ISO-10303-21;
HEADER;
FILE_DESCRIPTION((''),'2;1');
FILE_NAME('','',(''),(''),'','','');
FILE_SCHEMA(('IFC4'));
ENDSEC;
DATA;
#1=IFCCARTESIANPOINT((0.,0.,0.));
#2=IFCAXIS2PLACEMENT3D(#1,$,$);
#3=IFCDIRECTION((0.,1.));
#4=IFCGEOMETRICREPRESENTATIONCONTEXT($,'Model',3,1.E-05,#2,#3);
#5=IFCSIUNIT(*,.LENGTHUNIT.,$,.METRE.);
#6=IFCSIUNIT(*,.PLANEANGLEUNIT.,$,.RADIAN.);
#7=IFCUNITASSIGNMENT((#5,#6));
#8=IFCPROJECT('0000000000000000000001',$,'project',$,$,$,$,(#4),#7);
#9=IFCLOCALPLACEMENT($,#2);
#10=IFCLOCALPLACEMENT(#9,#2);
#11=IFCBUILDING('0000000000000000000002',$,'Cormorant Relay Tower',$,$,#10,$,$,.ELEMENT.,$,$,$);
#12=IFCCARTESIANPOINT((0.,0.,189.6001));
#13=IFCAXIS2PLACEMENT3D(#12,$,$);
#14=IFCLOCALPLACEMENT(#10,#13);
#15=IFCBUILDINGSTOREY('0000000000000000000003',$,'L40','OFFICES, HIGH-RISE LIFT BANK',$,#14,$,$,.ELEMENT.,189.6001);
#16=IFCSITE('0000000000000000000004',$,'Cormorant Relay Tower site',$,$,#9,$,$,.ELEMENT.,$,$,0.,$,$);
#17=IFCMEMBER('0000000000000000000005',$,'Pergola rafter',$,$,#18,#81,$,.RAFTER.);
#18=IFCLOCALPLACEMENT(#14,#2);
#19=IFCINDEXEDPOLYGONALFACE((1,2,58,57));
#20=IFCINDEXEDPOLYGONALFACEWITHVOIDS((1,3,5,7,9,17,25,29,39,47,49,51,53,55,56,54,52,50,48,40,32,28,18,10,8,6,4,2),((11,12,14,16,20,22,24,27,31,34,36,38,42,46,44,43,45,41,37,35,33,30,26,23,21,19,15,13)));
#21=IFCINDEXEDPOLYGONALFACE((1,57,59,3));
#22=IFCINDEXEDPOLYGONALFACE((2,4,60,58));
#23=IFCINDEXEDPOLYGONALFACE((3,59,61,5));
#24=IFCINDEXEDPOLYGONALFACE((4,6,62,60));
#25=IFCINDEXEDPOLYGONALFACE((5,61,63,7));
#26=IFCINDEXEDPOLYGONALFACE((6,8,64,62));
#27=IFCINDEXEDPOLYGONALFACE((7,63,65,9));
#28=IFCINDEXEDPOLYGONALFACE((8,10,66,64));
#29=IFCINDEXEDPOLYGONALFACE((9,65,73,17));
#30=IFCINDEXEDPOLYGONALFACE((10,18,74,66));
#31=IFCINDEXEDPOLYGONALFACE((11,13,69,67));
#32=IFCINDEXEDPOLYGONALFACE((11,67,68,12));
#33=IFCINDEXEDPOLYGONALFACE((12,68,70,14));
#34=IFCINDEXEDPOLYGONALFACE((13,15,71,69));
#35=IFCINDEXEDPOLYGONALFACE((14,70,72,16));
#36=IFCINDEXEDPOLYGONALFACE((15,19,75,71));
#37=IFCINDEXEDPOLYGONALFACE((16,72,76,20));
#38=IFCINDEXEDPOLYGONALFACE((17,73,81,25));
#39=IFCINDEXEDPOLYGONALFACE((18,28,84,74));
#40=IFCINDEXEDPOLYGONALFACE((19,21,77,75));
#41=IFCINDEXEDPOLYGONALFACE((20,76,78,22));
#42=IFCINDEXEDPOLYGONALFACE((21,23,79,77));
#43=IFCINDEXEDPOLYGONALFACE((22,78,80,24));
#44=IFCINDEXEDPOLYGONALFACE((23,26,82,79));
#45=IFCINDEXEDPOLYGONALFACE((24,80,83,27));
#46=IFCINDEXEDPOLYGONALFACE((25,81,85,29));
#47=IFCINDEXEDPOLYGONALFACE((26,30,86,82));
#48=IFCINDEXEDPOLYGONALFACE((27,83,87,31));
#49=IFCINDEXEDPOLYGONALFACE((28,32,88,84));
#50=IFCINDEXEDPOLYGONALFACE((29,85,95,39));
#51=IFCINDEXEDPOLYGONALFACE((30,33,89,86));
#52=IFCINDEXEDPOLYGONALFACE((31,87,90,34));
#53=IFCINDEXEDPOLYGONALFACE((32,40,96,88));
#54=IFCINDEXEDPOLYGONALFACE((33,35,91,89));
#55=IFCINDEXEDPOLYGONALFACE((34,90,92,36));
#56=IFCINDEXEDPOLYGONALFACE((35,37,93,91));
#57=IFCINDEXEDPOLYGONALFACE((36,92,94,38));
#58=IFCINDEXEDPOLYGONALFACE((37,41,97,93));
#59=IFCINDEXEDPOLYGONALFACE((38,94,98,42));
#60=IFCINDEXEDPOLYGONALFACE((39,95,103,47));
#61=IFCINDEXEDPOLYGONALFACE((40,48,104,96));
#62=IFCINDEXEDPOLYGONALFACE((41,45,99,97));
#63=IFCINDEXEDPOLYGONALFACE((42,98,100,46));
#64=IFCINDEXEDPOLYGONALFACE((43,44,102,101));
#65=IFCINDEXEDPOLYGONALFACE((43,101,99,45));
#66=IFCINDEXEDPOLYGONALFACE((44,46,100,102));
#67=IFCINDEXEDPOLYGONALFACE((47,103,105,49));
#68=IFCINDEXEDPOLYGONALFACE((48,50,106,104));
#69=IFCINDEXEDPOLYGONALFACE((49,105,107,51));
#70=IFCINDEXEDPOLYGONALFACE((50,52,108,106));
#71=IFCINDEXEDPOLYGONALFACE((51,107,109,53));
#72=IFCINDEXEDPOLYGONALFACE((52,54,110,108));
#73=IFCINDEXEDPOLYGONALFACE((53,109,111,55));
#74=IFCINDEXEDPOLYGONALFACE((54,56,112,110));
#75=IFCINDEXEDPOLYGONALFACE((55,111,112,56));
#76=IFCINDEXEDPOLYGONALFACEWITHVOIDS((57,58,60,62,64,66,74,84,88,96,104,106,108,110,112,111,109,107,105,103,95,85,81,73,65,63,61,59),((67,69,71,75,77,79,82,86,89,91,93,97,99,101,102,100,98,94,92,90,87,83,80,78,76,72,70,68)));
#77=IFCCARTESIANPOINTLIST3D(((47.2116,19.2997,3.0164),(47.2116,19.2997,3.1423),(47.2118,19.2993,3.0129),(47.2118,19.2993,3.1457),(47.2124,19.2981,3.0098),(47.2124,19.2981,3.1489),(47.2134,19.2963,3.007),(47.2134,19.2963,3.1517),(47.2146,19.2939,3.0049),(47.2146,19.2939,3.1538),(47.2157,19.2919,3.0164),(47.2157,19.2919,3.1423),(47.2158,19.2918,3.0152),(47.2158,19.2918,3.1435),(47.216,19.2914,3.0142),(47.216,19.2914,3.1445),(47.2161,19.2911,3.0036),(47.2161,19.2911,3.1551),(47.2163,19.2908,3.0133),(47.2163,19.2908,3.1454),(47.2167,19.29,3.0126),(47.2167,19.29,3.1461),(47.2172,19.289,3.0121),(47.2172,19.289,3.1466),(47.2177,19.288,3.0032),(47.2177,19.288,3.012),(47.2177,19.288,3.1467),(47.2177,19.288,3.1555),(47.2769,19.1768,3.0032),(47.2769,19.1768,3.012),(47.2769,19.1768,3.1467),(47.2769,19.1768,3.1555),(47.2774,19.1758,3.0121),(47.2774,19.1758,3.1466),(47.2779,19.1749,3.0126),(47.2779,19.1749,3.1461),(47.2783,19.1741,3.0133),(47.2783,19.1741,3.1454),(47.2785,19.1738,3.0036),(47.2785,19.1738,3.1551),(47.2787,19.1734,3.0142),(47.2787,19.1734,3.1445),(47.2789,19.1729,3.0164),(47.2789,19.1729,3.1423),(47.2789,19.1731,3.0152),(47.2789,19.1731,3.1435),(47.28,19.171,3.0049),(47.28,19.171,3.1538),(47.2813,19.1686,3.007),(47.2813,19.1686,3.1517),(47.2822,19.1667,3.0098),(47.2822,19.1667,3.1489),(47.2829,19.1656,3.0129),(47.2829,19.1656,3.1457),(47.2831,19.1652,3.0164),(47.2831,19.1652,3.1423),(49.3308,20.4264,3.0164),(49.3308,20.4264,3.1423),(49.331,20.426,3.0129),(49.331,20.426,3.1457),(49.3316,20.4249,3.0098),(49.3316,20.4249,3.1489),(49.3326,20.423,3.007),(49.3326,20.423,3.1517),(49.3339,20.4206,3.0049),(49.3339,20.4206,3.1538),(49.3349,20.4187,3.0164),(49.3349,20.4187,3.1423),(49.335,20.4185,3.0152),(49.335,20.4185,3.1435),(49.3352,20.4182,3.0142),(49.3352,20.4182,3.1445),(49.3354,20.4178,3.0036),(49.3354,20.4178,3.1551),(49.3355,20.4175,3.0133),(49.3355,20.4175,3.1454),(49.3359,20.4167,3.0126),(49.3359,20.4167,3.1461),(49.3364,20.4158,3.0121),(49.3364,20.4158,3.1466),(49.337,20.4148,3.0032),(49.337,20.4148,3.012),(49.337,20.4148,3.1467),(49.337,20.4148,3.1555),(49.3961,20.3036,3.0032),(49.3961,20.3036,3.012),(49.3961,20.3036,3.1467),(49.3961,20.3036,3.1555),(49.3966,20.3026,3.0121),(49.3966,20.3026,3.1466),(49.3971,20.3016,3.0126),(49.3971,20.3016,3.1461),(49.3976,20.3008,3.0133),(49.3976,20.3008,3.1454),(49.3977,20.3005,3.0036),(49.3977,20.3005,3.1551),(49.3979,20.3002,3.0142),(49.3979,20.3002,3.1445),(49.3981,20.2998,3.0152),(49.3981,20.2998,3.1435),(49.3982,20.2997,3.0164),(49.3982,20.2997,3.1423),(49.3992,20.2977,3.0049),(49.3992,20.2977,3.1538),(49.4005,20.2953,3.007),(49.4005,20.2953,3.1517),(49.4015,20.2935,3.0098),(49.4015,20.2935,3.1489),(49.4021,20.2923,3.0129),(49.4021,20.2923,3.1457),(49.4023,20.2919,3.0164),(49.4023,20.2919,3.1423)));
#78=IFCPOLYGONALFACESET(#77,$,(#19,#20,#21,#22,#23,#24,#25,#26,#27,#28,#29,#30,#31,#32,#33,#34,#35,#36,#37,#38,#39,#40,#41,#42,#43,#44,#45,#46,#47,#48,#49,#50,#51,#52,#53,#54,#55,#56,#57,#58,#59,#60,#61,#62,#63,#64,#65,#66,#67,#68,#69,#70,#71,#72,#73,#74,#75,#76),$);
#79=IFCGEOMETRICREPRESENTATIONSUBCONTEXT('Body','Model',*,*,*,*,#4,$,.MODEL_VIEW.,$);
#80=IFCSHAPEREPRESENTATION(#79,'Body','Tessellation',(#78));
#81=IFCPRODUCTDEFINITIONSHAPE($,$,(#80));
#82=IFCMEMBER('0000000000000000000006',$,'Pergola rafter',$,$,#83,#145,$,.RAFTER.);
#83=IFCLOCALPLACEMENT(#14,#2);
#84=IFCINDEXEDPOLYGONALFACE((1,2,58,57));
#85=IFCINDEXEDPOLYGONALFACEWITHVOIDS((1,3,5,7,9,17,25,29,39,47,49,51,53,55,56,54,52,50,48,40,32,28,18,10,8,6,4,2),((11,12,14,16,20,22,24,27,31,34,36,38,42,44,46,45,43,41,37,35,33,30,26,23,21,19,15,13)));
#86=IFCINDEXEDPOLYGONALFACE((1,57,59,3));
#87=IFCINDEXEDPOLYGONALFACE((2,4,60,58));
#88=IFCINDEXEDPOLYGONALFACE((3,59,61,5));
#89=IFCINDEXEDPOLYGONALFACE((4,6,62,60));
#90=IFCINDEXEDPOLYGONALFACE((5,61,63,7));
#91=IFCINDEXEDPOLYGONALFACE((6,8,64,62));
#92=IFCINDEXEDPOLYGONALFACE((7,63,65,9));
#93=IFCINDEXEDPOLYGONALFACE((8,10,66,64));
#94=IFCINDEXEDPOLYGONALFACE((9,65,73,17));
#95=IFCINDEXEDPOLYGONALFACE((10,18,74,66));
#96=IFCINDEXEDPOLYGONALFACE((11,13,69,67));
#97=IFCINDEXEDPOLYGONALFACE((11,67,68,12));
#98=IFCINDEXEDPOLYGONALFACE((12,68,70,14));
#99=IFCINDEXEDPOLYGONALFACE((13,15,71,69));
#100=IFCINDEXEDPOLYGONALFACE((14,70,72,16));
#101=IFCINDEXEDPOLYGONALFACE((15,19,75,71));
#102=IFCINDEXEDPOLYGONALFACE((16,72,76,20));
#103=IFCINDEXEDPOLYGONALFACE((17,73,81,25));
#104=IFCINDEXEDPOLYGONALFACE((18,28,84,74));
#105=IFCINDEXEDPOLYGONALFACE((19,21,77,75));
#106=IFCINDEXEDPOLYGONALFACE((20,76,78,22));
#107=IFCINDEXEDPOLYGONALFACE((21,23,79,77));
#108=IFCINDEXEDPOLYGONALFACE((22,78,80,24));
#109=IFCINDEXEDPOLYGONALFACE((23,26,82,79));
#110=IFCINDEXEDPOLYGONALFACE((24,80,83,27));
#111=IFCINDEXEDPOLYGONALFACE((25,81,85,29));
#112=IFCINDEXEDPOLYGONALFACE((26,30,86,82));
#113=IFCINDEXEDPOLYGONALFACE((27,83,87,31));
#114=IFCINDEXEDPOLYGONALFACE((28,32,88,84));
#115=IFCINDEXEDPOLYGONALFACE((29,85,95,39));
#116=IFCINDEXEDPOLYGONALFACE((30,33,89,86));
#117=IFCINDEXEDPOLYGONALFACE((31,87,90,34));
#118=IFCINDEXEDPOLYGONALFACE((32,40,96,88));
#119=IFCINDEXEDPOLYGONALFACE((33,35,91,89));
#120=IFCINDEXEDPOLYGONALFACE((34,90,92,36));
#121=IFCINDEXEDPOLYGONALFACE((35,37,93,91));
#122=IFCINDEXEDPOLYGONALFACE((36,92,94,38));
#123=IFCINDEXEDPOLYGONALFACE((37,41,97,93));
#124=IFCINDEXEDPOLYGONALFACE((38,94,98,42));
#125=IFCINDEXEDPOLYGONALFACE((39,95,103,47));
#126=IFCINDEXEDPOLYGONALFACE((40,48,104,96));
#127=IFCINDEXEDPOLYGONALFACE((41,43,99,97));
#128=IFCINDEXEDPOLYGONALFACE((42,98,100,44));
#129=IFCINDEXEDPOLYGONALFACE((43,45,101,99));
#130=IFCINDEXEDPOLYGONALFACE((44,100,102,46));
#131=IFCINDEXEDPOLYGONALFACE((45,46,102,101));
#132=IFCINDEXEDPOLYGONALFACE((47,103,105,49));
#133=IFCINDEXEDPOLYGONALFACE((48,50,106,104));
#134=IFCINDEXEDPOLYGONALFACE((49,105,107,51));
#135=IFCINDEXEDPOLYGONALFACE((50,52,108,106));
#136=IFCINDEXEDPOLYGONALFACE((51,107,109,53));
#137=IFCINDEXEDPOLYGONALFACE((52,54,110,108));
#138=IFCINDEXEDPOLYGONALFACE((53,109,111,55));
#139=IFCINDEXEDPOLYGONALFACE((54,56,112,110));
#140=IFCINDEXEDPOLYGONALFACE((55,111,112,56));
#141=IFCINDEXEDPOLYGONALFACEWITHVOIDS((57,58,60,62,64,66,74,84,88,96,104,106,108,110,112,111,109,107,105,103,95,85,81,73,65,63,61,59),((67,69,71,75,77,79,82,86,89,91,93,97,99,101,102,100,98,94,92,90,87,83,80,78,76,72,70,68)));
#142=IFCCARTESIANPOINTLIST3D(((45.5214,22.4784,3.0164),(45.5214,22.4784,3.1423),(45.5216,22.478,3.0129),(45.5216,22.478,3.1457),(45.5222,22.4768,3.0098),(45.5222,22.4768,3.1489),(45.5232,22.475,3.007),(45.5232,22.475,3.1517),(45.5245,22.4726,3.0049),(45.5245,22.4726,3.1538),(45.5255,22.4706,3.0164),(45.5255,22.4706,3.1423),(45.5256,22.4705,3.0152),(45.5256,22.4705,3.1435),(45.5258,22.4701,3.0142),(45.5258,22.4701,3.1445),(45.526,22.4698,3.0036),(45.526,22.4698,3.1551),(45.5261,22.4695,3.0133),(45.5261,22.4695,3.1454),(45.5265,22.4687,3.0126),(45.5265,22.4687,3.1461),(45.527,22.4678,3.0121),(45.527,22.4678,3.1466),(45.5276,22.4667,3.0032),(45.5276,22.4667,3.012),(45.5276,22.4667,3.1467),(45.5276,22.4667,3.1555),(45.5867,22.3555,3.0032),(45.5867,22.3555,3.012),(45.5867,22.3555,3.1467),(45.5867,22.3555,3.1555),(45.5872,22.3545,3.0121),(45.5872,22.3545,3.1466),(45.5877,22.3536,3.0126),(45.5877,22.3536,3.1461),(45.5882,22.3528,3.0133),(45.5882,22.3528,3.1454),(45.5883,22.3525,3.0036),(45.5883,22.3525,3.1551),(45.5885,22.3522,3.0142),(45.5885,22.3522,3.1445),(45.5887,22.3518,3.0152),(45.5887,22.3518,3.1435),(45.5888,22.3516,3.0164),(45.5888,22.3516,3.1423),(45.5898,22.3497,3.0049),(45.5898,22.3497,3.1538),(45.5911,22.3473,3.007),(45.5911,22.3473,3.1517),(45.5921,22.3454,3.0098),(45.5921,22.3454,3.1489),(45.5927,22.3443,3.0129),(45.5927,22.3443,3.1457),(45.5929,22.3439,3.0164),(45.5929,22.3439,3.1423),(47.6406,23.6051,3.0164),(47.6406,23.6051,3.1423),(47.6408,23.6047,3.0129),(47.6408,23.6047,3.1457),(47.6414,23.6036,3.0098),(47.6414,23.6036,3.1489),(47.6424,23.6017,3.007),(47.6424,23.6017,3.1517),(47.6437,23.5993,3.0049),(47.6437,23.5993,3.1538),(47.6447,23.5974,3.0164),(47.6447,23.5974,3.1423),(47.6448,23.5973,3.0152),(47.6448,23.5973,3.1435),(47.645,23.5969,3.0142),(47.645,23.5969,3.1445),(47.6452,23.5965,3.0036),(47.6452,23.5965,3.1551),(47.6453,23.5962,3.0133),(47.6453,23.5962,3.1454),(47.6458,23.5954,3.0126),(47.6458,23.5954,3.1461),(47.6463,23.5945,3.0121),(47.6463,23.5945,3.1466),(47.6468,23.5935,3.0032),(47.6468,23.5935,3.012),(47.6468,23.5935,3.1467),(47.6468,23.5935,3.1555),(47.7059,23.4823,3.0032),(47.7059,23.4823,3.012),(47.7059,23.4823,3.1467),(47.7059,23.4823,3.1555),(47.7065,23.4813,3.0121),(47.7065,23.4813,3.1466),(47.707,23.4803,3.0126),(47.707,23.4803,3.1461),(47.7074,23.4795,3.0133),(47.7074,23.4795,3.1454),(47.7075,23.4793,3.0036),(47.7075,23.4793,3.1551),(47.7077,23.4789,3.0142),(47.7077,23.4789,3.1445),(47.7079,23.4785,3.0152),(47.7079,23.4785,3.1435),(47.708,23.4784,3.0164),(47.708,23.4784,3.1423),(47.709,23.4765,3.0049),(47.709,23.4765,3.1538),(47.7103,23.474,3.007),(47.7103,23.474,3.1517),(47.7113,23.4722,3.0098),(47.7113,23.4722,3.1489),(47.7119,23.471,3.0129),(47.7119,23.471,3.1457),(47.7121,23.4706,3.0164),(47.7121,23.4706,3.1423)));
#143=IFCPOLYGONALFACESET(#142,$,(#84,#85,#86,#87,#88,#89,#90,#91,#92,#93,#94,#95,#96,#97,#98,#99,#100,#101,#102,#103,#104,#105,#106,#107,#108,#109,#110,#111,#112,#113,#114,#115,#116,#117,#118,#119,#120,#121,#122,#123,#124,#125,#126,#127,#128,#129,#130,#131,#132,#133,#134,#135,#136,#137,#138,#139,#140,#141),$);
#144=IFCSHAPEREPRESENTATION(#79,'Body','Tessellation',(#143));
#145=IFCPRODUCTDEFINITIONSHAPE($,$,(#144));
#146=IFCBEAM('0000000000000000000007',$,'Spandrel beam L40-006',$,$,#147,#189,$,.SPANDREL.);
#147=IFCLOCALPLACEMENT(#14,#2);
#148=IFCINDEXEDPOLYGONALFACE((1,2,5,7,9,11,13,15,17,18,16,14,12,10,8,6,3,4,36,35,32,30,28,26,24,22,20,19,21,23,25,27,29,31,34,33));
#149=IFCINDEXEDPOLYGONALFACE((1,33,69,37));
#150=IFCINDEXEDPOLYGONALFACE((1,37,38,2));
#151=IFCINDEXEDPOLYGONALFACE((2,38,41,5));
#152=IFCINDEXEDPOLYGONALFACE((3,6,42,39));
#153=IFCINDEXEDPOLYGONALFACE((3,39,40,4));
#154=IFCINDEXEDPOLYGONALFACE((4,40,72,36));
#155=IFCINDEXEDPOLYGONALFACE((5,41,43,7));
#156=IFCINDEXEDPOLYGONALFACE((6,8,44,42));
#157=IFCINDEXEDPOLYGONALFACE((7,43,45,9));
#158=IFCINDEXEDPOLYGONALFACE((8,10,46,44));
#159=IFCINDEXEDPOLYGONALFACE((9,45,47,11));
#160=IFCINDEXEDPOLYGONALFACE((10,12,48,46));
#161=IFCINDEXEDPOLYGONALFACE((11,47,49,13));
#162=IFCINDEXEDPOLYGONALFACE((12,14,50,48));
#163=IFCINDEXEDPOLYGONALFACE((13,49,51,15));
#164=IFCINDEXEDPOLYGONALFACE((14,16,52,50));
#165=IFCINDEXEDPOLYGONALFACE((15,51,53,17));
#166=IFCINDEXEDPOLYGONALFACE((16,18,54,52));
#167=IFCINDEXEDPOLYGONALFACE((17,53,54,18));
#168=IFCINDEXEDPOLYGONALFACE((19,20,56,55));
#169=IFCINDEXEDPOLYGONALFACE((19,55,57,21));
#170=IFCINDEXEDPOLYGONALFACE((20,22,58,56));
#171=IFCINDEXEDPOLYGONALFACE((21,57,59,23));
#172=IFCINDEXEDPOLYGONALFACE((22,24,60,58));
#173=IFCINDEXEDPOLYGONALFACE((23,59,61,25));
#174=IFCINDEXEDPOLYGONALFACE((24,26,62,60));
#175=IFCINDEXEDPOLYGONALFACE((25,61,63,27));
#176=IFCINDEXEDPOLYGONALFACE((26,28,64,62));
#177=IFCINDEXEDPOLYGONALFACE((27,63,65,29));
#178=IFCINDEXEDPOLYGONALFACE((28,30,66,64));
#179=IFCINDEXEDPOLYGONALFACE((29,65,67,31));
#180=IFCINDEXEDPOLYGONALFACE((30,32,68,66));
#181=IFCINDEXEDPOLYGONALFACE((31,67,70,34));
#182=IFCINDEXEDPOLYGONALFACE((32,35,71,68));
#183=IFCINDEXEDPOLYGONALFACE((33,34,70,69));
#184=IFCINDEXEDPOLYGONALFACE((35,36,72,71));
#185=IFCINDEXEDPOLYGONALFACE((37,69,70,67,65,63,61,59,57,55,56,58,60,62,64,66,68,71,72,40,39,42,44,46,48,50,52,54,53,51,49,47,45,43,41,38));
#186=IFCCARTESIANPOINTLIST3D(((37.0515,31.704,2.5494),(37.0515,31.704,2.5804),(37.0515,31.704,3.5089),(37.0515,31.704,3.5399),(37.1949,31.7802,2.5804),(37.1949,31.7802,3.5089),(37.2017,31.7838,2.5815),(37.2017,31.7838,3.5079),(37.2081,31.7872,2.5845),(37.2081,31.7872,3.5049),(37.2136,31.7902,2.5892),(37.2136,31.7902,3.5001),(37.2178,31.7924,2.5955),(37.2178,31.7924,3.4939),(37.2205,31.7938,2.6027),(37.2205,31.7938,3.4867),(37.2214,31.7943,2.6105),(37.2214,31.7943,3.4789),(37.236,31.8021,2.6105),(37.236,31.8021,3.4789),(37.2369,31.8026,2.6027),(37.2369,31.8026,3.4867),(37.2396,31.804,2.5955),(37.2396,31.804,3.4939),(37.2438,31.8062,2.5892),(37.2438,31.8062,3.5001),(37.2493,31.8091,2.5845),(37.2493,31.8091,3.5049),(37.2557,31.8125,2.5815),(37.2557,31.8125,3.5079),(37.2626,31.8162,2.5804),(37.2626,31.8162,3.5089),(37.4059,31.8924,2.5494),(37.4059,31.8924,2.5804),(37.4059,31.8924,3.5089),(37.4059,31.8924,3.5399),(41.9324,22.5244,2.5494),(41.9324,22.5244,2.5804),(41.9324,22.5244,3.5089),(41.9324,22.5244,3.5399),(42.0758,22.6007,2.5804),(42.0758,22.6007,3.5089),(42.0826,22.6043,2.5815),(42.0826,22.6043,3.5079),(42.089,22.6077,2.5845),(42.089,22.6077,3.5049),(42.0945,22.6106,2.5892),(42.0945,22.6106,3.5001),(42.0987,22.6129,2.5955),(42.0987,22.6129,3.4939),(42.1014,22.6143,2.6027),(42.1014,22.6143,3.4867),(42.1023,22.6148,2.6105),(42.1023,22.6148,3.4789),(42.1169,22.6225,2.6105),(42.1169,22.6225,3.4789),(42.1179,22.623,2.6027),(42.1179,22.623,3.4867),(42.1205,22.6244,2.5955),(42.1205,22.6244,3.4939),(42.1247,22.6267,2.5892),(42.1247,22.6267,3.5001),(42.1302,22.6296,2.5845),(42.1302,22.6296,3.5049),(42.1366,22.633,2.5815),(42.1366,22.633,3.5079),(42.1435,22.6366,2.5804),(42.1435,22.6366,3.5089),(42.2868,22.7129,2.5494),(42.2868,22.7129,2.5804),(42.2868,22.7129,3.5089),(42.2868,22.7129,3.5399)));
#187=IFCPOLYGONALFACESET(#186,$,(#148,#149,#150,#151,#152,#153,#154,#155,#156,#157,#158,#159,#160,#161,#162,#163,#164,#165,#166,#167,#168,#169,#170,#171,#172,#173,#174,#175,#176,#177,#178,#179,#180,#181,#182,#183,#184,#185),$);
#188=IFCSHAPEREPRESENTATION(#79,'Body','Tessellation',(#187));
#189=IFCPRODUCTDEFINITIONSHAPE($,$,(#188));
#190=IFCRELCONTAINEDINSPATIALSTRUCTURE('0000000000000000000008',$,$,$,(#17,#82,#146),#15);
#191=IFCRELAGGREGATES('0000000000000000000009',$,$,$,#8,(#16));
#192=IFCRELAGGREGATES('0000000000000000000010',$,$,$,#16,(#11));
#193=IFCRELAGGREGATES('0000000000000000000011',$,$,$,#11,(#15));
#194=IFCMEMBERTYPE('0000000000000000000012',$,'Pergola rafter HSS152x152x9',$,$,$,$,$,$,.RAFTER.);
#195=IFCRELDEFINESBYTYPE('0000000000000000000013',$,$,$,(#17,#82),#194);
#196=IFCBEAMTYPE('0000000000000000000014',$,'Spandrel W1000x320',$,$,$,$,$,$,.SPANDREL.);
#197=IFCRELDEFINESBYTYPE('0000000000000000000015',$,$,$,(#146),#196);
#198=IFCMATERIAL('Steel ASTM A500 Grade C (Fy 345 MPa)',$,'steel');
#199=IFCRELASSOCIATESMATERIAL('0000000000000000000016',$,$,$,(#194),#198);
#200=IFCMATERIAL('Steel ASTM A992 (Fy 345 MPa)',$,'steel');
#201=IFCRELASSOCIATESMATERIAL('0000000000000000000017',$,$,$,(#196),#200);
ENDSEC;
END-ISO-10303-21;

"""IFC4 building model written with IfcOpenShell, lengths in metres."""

from ifc_helpers import new_model, si_unit, direction, frame, origin, origin_2d, place, context, subcontext, project, spatial, hollow_rectangle, i_section, extrude, material, material_profile, profile_set, type_object, element, save


model = new_model("IFC4")

# Units and contexts
model_context = context("Model", 3, precision=1e-05, world=origin(), true_north=direction((0.0, 1.0)))
body_context = subcontext(model_context, "Body", "Model", "MODEL_VIEW")
ifc_project = project(units=[si_unit("LENGTHUNIT", "METRE"), si_unit("PLANEANGLEUNIT", "RADIAN")], contexts=[model_context])

# Site, building, storey
site_placement = place(None, origin())
site = spatial("IfcSite", under=ifc_project, at=site_placement, Name="Cormorant Relay Tower site", CompositionType="ELEMENT", RefElevation=0.0)
building_placement = place(site_placement, origin())
building = spatial("IfcBuilding", under=site, at=building_placement, Name="Cormorant Relay Tower", CompositionType="ELEMENT")
storey_placement = place(building_placement, frame((0.0, 0.0, 189.6001)))
storey = spatial("IfcBuildingStorey", under=building, at=storey_placement, Name="L40", Description="OFFICES, HIGH-RISE LIFT BANK", CompositionType="ELEMENT", Elevation=189.6001)

# Members
ifc_material_1 = material(Name="Steel ASTM A500 Grade C (Fy 345 MPa)", Category="steel")
ifc_material_profile_1 = material_profile(ifc_material_1, hollow_rectangle(XDim=0.1523, YDim=0.1523, WallThickness=0.0088, InnerFilletRadius=0.0044, OuterFilletRadius=0.0132, at=origin_2d()), Name="HSS152x152x9")
ifc_profile_set_1 = profile_set([ifc_material_profile_1], Name="Steel ASTM A500 Grade C (Fy 345 MPa)")
member_type_1 = type_object("IfcMemberType", Name="Pergola rafter HSS152x152x9", PredefinedType="RAFTER", material=ifc_profile_set_1)
for number, where, z_axis, x_axis, name in (
    (1, (47.2473, 19.2324, 3.0793), (0.882958, 0.469453, 0.0), (-0.469453, 0.882958, 0.0), "Pergola rafter"),
    (2, (45.5571, 22.4111, 3.0793), (0.882958, 0.469453, 0.0), (-0.469453, 0.882958, 0.0), "Pergola rafter"),
):
    element("IfcMember", number, at=place(storey_placement, frame(where, z_axis=z_axis, x_axis=x_axis)), inside=storey, type_object=member_type_1, Name=name, PredefinedType="RAFTER", context=body_context, shape_type="SweptSolid", body=[
        extrude(hollow_rectangle(XDim=0.1523, YDim=0.1523, WallThickness=0.0088, InnerFilletRadius=0.0044, OuterFilletRadius=0.0132, at=origin_2d()), origin(), (0.0, 0.0, 1.0), 2.4001),
    ])

# Beam
ifc_material_2 = material(Name="Steel ASTM A992 (Fy 345 MPa)", Category="steel")
ifc_material_profile_2 = material_profile(ifc_material_2, i_section(OverallWidth=0.4014, OverallDepth=0.9905, WebThickness=0.0166, FlangeThickness=0.031, FilletRadius=0.03, at=origin_2d()), Name="W1000x320")
ifc_profile_set_2 = profile_set([ifc_material_profile_2], Name="Steel ASTM A992 (Fy 345 MPa)")
beam_type = type_object("IfcBeamType", Name="Spandrel W1000x320", PredefinedType="SPANDREL", material=ifc_profile_set_2)
beam_placement = place(storey_placement, frame((42.1096, 22.6187, 3.0447), z_axis=(-0.469476, 0.882945, 0.0), x_axis=(-0.882945, -0.469476, 0.0)))
element("IfcBeam", 3, at=beam_placement, inside=storey, type_object=beam_type, Name="Spandrel beam L40-006", PredefinedType="SPANDREL", context=body_context, shape_type="SweptSolid", body=[
    extrude(i_section(OverallWidth=0.4014, OverallDepth=0.9905, WebThickness=0.0166, FlangeThickness=0.031, FilletRadius=0.03, at=origin_2d()), origin(), (0.0, 0.0, 1.0), 10.3965),
])

save(model, "model.ifc")
